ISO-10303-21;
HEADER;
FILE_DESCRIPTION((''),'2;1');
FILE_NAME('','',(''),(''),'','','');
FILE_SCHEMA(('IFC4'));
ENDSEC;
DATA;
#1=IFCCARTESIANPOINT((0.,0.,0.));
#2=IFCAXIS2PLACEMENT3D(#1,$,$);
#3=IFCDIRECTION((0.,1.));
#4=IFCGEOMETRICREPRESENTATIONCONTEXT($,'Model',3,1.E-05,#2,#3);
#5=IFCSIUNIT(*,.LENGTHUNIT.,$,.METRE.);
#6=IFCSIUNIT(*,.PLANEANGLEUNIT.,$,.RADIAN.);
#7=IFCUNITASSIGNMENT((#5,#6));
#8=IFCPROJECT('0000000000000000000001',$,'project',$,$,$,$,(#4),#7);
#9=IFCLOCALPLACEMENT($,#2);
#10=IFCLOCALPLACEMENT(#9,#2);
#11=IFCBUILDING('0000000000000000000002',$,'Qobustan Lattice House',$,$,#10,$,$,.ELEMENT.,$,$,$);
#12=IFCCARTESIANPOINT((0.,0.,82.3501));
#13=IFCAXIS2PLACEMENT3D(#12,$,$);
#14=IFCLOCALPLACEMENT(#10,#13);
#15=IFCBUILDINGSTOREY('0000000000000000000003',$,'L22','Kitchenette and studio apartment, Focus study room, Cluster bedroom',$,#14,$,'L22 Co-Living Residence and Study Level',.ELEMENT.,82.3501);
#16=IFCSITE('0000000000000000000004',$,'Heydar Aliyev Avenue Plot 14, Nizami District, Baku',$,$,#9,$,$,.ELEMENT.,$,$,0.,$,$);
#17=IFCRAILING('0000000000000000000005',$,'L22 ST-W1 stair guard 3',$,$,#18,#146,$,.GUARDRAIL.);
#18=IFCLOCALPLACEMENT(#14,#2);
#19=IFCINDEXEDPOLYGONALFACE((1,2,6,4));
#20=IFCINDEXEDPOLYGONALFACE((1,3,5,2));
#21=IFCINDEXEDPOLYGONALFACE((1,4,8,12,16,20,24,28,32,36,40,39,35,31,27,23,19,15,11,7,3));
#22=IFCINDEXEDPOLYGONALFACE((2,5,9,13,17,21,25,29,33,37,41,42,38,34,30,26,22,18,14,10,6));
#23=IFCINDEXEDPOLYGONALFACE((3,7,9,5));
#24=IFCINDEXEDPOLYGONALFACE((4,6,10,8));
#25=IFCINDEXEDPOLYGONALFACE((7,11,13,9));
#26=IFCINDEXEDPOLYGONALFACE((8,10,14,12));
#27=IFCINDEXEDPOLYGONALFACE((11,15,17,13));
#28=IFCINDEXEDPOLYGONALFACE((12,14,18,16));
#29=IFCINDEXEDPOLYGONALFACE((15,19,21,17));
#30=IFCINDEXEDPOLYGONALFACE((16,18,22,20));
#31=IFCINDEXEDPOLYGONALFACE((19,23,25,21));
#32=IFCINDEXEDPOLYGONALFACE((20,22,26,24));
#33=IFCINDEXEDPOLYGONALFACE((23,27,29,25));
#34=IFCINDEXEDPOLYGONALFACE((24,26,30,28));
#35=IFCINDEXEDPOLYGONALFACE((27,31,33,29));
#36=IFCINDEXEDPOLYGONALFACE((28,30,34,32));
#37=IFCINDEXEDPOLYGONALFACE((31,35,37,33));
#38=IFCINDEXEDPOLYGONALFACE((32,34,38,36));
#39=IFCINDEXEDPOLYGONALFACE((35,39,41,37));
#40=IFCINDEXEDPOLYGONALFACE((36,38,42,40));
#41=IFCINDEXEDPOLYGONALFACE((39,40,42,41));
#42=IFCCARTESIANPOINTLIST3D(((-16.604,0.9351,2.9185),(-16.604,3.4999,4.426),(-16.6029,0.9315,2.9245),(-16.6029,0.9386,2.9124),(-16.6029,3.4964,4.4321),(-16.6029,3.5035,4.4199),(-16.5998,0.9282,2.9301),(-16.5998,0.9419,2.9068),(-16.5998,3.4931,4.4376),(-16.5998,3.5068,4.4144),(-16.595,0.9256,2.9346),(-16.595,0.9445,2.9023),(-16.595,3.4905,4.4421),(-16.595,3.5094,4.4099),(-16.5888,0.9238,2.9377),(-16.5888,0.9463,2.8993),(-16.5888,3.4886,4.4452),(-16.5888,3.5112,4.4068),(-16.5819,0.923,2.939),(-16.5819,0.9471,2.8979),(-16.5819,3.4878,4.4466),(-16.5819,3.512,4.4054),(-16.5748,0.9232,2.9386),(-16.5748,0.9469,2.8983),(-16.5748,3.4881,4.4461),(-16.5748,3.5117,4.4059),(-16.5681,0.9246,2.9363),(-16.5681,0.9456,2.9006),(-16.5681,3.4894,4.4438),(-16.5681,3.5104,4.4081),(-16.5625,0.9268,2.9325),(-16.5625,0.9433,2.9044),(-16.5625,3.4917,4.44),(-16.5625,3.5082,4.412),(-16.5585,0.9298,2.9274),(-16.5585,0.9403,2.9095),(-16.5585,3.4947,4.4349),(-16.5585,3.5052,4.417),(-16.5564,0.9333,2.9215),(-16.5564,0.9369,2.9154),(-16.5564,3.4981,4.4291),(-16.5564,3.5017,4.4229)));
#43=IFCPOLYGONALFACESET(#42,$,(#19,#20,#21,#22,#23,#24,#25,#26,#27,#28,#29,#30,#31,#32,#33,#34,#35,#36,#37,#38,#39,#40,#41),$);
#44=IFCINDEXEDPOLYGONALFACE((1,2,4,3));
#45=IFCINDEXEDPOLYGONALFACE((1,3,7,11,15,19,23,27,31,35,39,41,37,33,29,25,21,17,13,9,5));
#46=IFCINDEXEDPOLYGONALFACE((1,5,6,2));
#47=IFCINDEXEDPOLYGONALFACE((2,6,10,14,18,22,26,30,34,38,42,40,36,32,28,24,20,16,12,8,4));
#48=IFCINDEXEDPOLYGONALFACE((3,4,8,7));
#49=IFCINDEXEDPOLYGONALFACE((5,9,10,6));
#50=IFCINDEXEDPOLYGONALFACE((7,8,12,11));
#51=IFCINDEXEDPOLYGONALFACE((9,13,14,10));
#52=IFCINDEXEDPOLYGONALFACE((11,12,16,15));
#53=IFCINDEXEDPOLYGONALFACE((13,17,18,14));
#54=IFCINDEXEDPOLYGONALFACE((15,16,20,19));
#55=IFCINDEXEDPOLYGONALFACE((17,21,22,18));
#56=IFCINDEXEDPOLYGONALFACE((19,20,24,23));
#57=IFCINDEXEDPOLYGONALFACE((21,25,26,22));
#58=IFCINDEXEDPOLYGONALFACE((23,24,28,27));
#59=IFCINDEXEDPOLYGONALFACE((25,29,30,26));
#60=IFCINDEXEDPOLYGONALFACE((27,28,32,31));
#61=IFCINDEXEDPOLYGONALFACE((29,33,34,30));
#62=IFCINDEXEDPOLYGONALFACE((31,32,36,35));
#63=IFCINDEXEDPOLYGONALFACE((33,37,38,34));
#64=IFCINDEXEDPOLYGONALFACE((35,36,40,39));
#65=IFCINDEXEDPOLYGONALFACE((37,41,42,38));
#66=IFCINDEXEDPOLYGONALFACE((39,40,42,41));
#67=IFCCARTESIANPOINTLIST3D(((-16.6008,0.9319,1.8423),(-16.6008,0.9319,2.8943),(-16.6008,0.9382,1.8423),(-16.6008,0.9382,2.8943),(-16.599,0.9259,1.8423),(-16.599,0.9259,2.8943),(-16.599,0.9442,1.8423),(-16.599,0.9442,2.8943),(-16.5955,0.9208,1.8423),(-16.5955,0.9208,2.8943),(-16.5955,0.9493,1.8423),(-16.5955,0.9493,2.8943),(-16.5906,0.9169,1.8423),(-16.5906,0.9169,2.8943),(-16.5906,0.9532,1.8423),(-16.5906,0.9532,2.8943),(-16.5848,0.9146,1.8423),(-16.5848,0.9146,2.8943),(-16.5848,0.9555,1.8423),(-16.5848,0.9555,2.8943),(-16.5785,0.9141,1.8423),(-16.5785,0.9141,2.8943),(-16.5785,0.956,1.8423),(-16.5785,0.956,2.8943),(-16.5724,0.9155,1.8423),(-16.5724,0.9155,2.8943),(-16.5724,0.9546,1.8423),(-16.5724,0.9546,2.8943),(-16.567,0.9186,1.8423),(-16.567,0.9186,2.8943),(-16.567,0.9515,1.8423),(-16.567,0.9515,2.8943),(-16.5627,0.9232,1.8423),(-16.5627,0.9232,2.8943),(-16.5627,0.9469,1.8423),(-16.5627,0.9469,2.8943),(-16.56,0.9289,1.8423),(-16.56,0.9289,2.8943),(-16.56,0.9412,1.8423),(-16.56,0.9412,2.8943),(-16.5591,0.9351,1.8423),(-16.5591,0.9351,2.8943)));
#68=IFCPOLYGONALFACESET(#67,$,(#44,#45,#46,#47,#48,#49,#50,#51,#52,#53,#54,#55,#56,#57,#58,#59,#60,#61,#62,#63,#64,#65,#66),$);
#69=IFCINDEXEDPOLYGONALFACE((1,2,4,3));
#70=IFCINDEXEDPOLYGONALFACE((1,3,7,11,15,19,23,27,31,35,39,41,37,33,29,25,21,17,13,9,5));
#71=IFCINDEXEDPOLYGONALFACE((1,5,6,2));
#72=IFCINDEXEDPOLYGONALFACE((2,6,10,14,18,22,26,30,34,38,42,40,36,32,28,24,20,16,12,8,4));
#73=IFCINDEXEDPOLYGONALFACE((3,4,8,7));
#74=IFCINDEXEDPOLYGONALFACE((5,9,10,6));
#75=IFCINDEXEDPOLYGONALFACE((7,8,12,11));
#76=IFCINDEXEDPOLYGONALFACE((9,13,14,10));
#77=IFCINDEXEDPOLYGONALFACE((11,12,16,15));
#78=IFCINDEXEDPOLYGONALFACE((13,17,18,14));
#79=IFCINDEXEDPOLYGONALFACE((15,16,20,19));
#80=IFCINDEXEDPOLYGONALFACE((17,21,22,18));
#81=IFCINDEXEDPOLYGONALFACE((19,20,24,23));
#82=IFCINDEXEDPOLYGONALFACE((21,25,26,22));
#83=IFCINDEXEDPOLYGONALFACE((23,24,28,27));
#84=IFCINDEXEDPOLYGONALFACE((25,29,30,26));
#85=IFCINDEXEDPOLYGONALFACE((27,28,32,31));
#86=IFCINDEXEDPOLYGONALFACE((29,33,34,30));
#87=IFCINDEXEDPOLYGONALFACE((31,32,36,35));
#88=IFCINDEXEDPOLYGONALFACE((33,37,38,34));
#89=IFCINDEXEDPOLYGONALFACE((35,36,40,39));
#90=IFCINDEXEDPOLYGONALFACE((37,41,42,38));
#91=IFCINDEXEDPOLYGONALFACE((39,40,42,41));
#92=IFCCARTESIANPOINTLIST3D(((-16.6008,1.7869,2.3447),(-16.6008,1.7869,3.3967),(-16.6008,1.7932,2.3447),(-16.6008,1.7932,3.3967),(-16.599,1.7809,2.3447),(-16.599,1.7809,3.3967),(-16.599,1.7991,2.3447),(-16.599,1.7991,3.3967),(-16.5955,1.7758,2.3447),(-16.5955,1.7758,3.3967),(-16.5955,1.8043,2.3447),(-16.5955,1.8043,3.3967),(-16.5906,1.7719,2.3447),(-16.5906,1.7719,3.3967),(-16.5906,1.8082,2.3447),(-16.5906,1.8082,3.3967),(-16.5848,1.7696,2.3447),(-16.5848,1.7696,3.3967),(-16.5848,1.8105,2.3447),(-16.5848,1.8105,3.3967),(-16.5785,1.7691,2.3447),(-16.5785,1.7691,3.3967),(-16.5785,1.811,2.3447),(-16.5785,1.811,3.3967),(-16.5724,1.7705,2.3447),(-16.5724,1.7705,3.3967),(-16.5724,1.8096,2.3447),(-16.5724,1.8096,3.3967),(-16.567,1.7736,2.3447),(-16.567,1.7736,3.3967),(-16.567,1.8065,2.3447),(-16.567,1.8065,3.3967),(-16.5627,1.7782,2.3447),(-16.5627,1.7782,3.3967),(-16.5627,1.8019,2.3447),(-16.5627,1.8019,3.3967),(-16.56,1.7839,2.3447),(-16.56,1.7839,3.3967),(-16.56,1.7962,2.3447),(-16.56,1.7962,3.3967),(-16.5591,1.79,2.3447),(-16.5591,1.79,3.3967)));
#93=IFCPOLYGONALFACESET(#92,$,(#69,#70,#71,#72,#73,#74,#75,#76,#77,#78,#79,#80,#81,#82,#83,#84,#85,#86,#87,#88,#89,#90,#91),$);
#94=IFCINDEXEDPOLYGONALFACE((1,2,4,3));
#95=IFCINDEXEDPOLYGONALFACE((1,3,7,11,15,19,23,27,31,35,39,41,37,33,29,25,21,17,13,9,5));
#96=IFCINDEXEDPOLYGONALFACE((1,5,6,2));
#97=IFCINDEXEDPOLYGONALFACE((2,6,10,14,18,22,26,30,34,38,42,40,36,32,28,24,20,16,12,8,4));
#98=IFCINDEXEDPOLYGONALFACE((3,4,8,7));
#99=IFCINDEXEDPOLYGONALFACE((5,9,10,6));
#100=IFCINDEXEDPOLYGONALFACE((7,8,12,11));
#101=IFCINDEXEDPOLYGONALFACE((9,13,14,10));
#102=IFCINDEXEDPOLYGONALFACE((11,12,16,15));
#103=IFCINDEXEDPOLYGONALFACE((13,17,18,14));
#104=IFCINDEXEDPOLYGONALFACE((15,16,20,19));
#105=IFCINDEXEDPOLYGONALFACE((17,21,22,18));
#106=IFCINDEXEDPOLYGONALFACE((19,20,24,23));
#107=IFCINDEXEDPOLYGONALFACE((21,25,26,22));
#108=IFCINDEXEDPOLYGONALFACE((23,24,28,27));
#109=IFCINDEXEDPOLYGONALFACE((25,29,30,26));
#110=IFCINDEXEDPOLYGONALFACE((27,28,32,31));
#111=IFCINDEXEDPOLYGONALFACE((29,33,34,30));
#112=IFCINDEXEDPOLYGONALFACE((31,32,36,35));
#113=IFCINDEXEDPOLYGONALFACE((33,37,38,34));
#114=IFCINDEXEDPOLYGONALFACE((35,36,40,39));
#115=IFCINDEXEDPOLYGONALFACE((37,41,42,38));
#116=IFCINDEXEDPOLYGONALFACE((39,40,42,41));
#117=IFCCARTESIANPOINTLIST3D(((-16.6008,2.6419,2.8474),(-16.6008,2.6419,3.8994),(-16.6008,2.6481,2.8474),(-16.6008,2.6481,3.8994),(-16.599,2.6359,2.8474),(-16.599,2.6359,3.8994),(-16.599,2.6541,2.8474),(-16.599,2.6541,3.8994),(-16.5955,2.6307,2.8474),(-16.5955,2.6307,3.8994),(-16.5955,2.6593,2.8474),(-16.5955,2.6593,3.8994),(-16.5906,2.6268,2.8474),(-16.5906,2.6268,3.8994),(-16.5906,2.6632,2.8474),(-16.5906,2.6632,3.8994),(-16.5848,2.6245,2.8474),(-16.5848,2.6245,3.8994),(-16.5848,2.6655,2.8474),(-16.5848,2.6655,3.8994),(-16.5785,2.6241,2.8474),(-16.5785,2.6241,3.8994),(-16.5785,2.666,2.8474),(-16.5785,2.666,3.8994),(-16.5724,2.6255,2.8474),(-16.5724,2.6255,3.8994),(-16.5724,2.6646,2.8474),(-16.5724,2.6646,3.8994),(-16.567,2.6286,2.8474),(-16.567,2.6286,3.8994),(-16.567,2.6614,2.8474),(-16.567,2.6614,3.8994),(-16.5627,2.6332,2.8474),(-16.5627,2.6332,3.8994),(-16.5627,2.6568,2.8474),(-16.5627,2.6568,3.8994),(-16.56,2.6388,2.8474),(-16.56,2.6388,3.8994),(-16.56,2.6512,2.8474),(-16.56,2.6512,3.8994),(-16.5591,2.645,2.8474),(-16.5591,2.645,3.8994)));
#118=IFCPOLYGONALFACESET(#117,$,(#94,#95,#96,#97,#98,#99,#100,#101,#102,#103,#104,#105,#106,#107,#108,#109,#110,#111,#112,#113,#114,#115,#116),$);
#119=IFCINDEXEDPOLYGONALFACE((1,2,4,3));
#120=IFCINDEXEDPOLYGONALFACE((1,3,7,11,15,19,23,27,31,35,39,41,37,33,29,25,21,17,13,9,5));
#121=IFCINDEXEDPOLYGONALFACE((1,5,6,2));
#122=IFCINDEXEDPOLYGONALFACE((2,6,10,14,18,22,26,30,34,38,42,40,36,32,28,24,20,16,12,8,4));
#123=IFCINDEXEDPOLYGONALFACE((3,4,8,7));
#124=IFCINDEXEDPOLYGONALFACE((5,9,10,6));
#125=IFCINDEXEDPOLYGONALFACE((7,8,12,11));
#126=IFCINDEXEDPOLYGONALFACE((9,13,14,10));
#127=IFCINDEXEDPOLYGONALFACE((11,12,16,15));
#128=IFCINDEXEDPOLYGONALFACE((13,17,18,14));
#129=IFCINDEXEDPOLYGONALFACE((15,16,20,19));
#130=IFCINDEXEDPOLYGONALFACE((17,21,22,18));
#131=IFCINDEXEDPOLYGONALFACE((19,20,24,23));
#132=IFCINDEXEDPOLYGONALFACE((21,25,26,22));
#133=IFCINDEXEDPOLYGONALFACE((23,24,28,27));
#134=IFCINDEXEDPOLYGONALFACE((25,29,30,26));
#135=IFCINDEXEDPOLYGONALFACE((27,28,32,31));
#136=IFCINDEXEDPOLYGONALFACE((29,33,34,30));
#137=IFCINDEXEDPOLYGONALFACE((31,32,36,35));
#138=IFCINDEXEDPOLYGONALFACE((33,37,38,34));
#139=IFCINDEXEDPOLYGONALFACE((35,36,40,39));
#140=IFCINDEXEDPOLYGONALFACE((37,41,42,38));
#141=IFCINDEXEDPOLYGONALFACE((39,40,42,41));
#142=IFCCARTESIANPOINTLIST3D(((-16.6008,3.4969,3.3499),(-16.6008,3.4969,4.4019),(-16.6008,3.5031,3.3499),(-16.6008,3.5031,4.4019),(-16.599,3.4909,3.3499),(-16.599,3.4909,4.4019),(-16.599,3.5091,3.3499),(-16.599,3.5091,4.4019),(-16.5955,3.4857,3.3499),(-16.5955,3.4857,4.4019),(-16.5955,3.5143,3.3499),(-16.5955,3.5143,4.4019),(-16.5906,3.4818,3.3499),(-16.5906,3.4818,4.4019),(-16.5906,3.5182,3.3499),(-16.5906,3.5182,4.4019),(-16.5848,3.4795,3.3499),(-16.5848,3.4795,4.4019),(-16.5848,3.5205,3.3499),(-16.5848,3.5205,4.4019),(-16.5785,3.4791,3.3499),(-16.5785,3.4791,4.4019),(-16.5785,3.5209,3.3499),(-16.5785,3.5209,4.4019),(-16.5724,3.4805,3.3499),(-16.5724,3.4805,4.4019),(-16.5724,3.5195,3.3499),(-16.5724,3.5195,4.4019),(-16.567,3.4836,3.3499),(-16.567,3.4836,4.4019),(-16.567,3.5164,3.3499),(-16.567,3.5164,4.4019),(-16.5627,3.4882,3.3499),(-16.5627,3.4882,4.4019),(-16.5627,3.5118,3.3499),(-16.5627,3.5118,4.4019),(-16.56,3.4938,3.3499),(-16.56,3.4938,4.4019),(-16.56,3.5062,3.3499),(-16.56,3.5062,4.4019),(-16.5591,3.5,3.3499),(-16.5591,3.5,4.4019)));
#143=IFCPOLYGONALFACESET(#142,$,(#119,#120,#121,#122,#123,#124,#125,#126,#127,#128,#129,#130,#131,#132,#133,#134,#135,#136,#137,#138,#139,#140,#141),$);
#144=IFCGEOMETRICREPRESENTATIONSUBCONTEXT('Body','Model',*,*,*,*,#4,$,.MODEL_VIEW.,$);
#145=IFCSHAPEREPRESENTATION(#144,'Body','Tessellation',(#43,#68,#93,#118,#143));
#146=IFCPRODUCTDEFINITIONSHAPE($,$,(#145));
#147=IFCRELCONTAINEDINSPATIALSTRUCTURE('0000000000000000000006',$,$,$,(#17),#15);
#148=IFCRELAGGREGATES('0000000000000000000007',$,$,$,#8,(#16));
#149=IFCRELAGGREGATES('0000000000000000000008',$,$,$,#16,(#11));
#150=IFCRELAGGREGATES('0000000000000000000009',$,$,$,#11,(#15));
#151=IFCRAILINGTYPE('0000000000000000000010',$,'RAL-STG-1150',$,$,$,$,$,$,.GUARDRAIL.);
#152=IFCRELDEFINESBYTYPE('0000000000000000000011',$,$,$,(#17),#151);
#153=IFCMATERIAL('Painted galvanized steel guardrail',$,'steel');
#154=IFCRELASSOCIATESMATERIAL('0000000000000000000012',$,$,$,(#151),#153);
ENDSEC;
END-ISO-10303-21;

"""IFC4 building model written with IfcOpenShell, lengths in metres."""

from ifc_helpers import new_model, si_unit, direction, frame, origin, origin_2d, place, context, subcontext, project, spatial, circle, extrude, material, type_object, element, save


model = new_model("IFC4")

# Units and contexts
model_context = context("Model", 3, precision=1e-05, world=origin(), true_north=direction((0.0, 1.0)))
body_context = subcontext(model_context, "Body", "Model", "MODEL_VIEW")
ifc_project = project(units=[si_unit("LENGTHUNIT", "METRE"), si_unit("PLANEANGLEUNIT", "RADIAN")], contexts=[model_context])

# Site, building, storey
site_placement = place(None, origin())
site = spatial("IfcSite", under=ifc_project, at=site_placement, Name="Heydar Aliyev Avenue Plot 14, Nizami District, Baku", CompositionType="ELEMENT", RefElevation=0.0)
building_placement = place(site_placement, origin())
building = spatial("IfcBuilding", under=site, at=building_placement, Name="Qobustan Lattice House", CompositionType="ELEMENT")
storey_placement = place(building_placement, frame((0.0, 0.0, 82.3501)))
storey = spatial("IfcBuildingStorey", under=building, at=storey_placement, Name="L22", Description="Kitchenette and studio apartment, Focus study room, Cluster bedroom", LongName="L22 Co-Living Residence and Study Level", CompositionType="ELEMENT", Elevation=82.3501)

# Railing
ifc_material_1 = material(Name="Painted galvanized steel guardrail", Category="steel")
railing_type = type_object("IfcRailingType", Name="RAL-STG-1150", PredefinedType="GUARDRAIL", material=ifc_material_1)
railing_1_placement = place(storey_placement, frame((-16.5801, 0.9351, 1.8423)))
element("IfcRailing", 1, at=railing_1_placement, inside=storey, type_object=railing_type, Name="L22 ST-W1 stair guard 3", PredefinedType="GUARDRAIL", context=body_context, shape_type="SweptSolid", body=[
    extrude(circle(Radius=0.0239, at=origin_2d()), frame((0.0, 0.0, 1.0762), z_axis=(0.0, 0.862113, 0.506715), x_axis=(-1.0, 0.0, 0.0)), (0.0, 0.0, 1.0), 2.9751),
    extrude(circle(Radius=0.021, at=origin_2d()), origin(), (0.0, 0.0, 1.0), 1.052),
    extrude(circle(Radius=0.021, at=origin_2d()), frame((0.0, 0.855, 0.5024)), (0.0, 0.0, 1.0), 1.052),
    extrude(circle(Radius=0.021, at=origin_2d()), frame((0.0, 1.71, 1.0051)), (0.0, 0.0, 1.0), 1.052),
    extrude(circle(Radius=0.021, at=origin_2d()), frame((0.0, 2.5649, 1.5076)), (0.0, 0.0, 1.0), 1.052),
])

save(model, "model.ifc")
